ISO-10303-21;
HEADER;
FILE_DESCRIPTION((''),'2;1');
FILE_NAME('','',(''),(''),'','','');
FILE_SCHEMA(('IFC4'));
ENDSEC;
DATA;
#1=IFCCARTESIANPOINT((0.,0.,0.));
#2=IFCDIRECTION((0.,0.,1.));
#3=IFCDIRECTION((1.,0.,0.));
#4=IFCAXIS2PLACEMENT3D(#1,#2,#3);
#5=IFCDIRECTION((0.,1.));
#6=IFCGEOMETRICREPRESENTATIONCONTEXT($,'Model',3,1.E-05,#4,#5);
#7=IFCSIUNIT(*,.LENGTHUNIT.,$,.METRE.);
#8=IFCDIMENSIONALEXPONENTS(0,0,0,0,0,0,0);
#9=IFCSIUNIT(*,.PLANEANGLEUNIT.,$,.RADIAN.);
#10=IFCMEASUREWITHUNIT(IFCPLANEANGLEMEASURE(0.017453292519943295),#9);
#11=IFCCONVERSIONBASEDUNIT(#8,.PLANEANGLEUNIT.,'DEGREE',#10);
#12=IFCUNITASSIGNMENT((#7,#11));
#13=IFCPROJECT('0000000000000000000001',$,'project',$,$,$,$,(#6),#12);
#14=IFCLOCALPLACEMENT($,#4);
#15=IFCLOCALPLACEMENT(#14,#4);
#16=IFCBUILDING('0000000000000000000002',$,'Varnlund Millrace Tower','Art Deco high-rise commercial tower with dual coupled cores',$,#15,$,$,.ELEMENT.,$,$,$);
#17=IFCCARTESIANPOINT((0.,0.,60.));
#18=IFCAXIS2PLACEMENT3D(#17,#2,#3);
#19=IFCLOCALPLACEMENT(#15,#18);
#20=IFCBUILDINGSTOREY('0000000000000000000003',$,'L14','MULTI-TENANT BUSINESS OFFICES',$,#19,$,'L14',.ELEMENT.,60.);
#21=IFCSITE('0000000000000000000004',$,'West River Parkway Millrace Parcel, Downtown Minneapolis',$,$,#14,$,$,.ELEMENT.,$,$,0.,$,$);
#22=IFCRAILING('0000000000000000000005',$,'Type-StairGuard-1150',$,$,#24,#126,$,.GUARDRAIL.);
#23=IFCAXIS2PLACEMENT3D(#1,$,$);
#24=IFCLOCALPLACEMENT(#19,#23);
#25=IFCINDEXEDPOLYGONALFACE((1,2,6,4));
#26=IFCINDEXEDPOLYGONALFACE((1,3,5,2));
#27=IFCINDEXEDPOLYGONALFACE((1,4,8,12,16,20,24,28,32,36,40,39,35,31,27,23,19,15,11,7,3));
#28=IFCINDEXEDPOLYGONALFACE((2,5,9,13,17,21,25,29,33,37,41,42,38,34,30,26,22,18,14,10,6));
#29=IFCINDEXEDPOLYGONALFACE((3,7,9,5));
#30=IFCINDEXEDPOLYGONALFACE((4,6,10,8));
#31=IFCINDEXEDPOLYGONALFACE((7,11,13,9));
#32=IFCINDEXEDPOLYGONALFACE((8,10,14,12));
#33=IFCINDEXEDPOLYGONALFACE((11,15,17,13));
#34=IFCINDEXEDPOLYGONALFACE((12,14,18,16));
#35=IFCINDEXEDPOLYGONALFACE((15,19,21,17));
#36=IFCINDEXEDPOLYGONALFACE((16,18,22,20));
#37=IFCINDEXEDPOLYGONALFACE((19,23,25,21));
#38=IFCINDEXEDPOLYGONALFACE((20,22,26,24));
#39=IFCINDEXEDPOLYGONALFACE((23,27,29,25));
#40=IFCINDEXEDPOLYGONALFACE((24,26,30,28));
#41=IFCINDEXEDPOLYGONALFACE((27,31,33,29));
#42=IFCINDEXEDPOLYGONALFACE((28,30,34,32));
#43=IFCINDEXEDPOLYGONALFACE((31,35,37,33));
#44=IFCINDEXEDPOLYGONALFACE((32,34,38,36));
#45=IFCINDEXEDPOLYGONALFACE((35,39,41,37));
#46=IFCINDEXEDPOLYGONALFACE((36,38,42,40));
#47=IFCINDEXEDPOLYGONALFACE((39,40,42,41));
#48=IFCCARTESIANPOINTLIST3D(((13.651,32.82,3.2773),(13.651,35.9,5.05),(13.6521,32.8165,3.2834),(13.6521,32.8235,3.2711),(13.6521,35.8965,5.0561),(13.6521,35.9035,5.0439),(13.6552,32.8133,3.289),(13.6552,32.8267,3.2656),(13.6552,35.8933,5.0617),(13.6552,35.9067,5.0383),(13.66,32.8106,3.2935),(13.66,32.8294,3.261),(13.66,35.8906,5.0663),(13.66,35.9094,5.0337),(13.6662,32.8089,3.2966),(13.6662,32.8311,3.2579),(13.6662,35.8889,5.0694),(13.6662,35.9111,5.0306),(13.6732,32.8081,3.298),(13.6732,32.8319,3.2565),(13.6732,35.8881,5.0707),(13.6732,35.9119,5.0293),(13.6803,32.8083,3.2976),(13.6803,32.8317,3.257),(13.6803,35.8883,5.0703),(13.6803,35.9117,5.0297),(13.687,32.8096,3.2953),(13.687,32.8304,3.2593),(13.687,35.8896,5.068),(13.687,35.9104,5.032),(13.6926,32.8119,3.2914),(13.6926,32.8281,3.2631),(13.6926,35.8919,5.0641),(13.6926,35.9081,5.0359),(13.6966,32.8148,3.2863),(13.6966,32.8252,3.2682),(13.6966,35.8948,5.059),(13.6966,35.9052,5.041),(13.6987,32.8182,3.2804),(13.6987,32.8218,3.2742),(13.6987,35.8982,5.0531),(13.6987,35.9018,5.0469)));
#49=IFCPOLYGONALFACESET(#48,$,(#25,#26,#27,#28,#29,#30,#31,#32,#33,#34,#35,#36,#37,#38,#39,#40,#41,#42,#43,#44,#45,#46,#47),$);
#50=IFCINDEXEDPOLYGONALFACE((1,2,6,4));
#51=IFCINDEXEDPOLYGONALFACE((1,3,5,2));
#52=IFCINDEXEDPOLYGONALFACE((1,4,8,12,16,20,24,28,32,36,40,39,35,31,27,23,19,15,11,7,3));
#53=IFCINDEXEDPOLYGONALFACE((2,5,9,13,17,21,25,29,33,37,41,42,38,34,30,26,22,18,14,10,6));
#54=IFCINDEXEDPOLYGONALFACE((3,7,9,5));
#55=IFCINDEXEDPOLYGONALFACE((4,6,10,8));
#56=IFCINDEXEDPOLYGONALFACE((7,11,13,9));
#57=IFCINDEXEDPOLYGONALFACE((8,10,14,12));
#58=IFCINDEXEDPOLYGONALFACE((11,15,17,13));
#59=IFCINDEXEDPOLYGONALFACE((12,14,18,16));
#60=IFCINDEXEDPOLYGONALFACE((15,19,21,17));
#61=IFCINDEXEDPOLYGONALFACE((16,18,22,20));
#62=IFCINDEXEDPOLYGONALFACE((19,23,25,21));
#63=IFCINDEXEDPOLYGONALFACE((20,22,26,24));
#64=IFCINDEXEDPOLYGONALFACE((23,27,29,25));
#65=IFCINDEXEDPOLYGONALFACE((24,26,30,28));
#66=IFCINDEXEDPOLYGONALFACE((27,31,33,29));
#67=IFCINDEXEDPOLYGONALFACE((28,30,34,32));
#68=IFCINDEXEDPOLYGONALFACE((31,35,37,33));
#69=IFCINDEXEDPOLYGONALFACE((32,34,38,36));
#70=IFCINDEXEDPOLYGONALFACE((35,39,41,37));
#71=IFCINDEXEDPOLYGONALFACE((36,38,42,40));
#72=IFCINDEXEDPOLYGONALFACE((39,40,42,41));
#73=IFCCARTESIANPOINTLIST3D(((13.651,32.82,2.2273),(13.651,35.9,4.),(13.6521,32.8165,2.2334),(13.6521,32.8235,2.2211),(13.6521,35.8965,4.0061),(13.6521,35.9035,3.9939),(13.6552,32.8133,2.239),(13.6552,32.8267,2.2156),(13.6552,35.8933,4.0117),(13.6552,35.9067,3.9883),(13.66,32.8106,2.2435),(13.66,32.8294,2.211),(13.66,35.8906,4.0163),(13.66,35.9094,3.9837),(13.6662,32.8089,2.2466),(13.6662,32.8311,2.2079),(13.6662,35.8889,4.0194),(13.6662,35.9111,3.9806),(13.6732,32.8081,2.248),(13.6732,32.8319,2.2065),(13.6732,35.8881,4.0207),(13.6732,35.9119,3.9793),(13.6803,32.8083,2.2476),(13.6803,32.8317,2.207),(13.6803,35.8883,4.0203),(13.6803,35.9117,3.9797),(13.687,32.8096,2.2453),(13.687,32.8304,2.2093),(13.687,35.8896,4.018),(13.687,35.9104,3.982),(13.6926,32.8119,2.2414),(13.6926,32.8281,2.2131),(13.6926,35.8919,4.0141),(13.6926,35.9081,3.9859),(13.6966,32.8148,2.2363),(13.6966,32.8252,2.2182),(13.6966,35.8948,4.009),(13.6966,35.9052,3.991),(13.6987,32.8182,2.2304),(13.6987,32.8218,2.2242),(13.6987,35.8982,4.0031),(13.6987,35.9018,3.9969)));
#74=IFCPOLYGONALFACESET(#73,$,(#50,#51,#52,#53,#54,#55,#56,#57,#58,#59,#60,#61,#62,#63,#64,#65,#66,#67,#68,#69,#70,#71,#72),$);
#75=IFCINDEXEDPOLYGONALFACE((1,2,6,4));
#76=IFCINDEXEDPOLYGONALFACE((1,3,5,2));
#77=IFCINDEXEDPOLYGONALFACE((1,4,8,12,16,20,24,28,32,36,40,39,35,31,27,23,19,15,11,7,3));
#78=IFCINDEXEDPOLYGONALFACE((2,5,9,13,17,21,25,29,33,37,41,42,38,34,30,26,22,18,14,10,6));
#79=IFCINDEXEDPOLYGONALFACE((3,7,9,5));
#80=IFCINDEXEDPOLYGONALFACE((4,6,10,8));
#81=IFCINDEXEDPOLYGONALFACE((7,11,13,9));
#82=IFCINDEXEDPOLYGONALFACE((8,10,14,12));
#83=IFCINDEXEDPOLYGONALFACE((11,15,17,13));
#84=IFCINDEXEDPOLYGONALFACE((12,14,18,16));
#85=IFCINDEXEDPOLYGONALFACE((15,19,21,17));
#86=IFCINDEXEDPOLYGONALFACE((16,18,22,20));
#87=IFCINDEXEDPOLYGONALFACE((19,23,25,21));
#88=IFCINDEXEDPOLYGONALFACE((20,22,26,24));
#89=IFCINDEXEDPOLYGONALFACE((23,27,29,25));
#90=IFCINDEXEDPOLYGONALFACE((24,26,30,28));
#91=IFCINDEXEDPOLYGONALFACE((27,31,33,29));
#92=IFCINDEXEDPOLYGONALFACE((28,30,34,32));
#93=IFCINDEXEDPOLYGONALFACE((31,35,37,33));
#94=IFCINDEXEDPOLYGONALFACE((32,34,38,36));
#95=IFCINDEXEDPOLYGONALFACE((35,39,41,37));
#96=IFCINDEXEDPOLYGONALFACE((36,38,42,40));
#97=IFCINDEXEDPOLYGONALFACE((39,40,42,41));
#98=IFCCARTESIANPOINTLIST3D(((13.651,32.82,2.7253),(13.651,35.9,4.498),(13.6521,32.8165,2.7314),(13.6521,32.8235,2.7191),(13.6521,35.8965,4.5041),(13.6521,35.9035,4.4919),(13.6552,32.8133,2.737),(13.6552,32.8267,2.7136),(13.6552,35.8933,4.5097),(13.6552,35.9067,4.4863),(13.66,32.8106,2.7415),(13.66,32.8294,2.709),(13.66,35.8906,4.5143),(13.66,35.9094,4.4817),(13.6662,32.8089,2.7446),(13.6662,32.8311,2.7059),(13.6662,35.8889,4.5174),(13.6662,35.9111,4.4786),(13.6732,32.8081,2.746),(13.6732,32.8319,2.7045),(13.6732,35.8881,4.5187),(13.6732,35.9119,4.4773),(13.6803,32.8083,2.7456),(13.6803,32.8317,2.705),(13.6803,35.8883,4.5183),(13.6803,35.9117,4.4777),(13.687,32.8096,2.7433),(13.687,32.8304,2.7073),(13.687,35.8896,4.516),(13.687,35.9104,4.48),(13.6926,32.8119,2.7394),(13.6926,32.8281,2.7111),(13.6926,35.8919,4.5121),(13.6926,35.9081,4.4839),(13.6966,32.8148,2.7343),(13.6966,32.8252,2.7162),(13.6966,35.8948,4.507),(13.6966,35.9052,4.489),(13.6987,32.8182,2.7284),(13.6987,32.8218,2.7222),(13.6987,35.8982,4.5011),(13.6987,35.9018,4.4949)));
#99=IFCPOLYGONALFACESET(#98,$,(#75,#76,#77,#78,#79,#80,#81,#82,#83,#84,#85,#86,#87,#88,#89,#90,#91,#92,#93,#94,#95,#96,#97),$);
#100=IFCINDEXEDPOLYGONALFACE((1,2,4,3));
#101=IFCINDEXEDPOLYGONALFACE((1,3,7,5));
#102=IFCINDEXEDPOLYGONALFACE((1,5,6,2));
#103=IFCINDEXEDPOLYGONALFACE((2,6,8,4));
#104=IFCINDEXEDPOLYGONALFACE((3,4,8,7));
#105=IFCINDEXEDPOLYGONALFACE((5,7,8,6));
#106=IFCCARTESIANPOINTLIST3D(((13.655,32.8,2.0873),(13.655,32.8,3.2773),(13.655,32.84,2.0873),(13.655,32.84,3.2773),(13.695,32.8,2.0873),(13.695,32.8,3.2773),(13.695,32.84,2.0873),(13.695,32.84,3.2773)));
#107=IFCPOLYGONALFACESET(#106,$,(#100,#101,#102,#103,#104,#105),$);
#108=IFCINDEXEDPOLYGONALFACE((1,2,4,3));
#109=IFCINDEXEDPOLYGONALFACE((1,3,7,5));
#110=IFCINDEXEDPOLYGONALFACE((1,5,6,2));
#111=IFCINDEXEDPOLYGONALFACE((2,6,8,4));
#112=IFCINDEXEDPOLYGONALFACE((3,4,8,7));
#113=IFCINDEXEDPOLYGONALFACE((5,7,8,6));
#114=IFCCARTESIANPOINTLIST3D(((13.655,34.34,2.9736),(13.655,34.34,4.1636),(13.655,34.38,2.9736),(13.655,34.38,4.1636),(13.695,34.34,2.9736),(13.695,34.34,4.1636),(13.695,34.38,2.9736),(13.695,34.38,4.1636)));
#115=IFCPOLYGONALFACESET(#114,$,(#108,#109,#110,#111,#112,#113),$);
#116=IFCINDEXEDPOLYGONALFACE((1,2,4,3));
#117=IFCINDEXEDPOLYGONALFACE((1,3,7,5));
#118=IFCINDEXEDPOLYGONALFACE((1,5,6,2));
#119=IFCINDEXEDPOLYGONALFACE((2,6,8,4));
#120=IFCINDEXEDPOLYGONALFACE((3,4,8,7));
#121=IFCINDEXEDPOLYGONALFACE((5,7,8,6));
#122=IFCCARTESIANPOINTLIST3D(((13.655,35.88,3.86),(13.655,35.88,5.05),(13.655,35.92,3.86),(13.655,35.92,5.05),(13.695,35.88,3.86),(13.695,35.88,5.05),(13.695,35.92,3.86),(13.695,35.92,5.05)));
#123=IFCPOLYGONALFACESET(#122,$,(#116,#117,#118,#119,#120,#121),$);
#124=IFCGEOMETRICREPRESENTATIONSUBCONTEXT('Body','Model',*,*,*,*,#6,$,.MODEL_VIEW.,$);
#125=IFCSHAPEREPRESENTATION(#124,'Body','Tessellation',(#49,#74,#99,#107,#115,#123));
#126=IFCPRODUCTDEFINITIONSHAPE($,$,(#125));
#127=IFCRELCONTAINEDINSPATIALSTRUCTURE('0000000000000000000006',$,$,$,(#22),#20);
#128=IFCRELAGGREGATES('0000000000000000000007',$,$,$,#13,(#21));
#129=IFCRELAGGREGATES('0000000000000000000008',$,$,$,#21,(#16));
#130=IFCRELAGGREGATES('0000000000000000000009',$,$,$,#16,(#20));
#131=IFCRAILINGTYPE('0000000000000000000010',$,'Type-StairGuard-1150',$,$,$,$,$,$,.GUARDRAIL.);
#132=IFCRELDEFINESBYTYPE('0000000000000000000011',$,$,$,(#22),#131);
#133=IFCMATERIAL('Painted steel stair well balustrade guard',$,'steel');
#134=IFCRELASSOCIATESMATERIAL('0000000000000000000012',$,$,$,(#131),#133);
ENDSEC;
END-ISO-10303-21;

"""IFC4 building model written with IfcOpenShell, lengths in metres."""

from ifc_helpers import new_model, entity, si_unit, converted_unit, direction, frame, origin_with_axes, origin_2d_with_axis, place, context, subcontext, project, spatial, rectangle, circle, extrude, material, type_object, element, save


model = new_model("IFC4")

# Units and contexts
model_context = context("Model", 3, precision=1e-05, world=origin_with_axes(), true_north=direction((0.0, 1.0)))
body_context = subcontext(model_context, "Body", "Model", "MODEL_VIEW")
ifc_project = project(units=[si_unit("LENGTHUNIT", "METRE"), converted_unit("PLANEANGLEUNIT", "DEGREE", entity("IfcPlaneAngleMeasure", 0.017453292519943295), si_unit("PLANEANGLEUNIT", "RADIAN"), dimensions=[0, 0, 0, 0, 0, 0, 0])], contexts=[model_context])

# Site, building, storey
site_placement = place(None, origin_with_axes())
site = spatial("IfcSite", under=ifc_project, at=site_placement, Name="West River Parkway Millrace Parcel, Downtown Minneapolis", CompositionType="ELEMENT", RefElevation=0.0)
building_placement = place(site_placement, origin_with_axes())
building = spatial("IfcBuilding", under=site, at=building_placement, Name="Varnlund Millrace Tower", Description="Art Deco high-rise commercial tower with dual coupled cores", CompositionType="ELEMENT")
storey_placement = place(building_placement, frame((0.0, 0.0, 60.0), z_axis=(0.0, 0.0, 1.0), x_axis=(1.0, 0.0, 0.0)))
storey = spatial("IfcBuildingStorey", under=building, at=storey_placement, Name="L14", Description="MULTI-TENANT BUSINESS OFFICES", LongName="L14", CompositionType="ELEMENT", Elevation=60.0)

# Railing
ifc_material_1 = material(Name="Painted steel stair well balustrade guard", Category="steel")
railing_type_1 = type_object("IfcRailingType", Name="Type-StairGuard-1150", PredefinedType="GUARDRAIL", material=ifc_material_1)
railing_1_placement = place(storey_placement, frame((0.0, 0.0, -60.0), z_axis=(0.0, 0.0, 1.0), x_axis=(1.0, 0.0, 0.0)))
element("IfcRailing", 1, at=railing_1_placement, inside=storey, type_object=railing_type_1, Name="Type-StairGuard-1150", PredefinedType="GUARDRAIL", context=body_context, shape_type="SweptSolid", body=[
    extrude(circle(Radius=0.024, at=origin_2d_with_axis()), frame((13.675, 32.82, 63.2773), z_axis=(0.0, 0.866696, 0.498836), x_axis=(-1.0, 0.0, 0.0)), (0.0, 0.0, 1.0), 3.5537),
    extrude(circle(Radius=0.024, at=origin_2d_with_axis()), frame((13.675, 32.82, 62.2273), z_axis=(0.0, 0.866696, 0.498836), x_axis=(-1.0, 0.0, 0.0)), (0.0, 0.0, 1.0), 3.5537),
    extrude(circle(Radius=0.024, at=origin_2d_with_axis()), frame((13.675, 32.82, 62.7253), z_axis=(0.0, 0.866696, 0.498836), x_axis=(-1.0, 0.0, 0.0)), (0.0, 0.0, 1.0), 3.5537),
    extrude(rectangle(XDim=0.04, YDim=0.04, at=origin_2d_with_axis()), frame((13.675, 32.82, 62.0873), z_axis=(0.0, 0.0, 1.0), x_axis=(1.0, 0.0, 0.0)), (0.0, 0.0, 1.0), 1.19),
    extrude(rectangle(XDim=0.04, YDim=0.04, at=origin_2d_with_axis()), frame((13.675, 34.36, 62.9736), z_axis=(0.0, 0.0, 1.0), x_axis=(1.0, 0.0, 0.0)), (0.0, 0.0, 1.0), 1.19),
    extrude(rectangle(XDim=0.04, YDim=0.04, at=origin_2d_with_axis()), frame((13.675, 35.9, 63.86), z_axis=(0.0, 0.0, 1.0), x_axis=(1.0, 0.0, 0.0)), (0.0, 0.0, 1.0), 1.19),
])

save(model, "model.ifc")
